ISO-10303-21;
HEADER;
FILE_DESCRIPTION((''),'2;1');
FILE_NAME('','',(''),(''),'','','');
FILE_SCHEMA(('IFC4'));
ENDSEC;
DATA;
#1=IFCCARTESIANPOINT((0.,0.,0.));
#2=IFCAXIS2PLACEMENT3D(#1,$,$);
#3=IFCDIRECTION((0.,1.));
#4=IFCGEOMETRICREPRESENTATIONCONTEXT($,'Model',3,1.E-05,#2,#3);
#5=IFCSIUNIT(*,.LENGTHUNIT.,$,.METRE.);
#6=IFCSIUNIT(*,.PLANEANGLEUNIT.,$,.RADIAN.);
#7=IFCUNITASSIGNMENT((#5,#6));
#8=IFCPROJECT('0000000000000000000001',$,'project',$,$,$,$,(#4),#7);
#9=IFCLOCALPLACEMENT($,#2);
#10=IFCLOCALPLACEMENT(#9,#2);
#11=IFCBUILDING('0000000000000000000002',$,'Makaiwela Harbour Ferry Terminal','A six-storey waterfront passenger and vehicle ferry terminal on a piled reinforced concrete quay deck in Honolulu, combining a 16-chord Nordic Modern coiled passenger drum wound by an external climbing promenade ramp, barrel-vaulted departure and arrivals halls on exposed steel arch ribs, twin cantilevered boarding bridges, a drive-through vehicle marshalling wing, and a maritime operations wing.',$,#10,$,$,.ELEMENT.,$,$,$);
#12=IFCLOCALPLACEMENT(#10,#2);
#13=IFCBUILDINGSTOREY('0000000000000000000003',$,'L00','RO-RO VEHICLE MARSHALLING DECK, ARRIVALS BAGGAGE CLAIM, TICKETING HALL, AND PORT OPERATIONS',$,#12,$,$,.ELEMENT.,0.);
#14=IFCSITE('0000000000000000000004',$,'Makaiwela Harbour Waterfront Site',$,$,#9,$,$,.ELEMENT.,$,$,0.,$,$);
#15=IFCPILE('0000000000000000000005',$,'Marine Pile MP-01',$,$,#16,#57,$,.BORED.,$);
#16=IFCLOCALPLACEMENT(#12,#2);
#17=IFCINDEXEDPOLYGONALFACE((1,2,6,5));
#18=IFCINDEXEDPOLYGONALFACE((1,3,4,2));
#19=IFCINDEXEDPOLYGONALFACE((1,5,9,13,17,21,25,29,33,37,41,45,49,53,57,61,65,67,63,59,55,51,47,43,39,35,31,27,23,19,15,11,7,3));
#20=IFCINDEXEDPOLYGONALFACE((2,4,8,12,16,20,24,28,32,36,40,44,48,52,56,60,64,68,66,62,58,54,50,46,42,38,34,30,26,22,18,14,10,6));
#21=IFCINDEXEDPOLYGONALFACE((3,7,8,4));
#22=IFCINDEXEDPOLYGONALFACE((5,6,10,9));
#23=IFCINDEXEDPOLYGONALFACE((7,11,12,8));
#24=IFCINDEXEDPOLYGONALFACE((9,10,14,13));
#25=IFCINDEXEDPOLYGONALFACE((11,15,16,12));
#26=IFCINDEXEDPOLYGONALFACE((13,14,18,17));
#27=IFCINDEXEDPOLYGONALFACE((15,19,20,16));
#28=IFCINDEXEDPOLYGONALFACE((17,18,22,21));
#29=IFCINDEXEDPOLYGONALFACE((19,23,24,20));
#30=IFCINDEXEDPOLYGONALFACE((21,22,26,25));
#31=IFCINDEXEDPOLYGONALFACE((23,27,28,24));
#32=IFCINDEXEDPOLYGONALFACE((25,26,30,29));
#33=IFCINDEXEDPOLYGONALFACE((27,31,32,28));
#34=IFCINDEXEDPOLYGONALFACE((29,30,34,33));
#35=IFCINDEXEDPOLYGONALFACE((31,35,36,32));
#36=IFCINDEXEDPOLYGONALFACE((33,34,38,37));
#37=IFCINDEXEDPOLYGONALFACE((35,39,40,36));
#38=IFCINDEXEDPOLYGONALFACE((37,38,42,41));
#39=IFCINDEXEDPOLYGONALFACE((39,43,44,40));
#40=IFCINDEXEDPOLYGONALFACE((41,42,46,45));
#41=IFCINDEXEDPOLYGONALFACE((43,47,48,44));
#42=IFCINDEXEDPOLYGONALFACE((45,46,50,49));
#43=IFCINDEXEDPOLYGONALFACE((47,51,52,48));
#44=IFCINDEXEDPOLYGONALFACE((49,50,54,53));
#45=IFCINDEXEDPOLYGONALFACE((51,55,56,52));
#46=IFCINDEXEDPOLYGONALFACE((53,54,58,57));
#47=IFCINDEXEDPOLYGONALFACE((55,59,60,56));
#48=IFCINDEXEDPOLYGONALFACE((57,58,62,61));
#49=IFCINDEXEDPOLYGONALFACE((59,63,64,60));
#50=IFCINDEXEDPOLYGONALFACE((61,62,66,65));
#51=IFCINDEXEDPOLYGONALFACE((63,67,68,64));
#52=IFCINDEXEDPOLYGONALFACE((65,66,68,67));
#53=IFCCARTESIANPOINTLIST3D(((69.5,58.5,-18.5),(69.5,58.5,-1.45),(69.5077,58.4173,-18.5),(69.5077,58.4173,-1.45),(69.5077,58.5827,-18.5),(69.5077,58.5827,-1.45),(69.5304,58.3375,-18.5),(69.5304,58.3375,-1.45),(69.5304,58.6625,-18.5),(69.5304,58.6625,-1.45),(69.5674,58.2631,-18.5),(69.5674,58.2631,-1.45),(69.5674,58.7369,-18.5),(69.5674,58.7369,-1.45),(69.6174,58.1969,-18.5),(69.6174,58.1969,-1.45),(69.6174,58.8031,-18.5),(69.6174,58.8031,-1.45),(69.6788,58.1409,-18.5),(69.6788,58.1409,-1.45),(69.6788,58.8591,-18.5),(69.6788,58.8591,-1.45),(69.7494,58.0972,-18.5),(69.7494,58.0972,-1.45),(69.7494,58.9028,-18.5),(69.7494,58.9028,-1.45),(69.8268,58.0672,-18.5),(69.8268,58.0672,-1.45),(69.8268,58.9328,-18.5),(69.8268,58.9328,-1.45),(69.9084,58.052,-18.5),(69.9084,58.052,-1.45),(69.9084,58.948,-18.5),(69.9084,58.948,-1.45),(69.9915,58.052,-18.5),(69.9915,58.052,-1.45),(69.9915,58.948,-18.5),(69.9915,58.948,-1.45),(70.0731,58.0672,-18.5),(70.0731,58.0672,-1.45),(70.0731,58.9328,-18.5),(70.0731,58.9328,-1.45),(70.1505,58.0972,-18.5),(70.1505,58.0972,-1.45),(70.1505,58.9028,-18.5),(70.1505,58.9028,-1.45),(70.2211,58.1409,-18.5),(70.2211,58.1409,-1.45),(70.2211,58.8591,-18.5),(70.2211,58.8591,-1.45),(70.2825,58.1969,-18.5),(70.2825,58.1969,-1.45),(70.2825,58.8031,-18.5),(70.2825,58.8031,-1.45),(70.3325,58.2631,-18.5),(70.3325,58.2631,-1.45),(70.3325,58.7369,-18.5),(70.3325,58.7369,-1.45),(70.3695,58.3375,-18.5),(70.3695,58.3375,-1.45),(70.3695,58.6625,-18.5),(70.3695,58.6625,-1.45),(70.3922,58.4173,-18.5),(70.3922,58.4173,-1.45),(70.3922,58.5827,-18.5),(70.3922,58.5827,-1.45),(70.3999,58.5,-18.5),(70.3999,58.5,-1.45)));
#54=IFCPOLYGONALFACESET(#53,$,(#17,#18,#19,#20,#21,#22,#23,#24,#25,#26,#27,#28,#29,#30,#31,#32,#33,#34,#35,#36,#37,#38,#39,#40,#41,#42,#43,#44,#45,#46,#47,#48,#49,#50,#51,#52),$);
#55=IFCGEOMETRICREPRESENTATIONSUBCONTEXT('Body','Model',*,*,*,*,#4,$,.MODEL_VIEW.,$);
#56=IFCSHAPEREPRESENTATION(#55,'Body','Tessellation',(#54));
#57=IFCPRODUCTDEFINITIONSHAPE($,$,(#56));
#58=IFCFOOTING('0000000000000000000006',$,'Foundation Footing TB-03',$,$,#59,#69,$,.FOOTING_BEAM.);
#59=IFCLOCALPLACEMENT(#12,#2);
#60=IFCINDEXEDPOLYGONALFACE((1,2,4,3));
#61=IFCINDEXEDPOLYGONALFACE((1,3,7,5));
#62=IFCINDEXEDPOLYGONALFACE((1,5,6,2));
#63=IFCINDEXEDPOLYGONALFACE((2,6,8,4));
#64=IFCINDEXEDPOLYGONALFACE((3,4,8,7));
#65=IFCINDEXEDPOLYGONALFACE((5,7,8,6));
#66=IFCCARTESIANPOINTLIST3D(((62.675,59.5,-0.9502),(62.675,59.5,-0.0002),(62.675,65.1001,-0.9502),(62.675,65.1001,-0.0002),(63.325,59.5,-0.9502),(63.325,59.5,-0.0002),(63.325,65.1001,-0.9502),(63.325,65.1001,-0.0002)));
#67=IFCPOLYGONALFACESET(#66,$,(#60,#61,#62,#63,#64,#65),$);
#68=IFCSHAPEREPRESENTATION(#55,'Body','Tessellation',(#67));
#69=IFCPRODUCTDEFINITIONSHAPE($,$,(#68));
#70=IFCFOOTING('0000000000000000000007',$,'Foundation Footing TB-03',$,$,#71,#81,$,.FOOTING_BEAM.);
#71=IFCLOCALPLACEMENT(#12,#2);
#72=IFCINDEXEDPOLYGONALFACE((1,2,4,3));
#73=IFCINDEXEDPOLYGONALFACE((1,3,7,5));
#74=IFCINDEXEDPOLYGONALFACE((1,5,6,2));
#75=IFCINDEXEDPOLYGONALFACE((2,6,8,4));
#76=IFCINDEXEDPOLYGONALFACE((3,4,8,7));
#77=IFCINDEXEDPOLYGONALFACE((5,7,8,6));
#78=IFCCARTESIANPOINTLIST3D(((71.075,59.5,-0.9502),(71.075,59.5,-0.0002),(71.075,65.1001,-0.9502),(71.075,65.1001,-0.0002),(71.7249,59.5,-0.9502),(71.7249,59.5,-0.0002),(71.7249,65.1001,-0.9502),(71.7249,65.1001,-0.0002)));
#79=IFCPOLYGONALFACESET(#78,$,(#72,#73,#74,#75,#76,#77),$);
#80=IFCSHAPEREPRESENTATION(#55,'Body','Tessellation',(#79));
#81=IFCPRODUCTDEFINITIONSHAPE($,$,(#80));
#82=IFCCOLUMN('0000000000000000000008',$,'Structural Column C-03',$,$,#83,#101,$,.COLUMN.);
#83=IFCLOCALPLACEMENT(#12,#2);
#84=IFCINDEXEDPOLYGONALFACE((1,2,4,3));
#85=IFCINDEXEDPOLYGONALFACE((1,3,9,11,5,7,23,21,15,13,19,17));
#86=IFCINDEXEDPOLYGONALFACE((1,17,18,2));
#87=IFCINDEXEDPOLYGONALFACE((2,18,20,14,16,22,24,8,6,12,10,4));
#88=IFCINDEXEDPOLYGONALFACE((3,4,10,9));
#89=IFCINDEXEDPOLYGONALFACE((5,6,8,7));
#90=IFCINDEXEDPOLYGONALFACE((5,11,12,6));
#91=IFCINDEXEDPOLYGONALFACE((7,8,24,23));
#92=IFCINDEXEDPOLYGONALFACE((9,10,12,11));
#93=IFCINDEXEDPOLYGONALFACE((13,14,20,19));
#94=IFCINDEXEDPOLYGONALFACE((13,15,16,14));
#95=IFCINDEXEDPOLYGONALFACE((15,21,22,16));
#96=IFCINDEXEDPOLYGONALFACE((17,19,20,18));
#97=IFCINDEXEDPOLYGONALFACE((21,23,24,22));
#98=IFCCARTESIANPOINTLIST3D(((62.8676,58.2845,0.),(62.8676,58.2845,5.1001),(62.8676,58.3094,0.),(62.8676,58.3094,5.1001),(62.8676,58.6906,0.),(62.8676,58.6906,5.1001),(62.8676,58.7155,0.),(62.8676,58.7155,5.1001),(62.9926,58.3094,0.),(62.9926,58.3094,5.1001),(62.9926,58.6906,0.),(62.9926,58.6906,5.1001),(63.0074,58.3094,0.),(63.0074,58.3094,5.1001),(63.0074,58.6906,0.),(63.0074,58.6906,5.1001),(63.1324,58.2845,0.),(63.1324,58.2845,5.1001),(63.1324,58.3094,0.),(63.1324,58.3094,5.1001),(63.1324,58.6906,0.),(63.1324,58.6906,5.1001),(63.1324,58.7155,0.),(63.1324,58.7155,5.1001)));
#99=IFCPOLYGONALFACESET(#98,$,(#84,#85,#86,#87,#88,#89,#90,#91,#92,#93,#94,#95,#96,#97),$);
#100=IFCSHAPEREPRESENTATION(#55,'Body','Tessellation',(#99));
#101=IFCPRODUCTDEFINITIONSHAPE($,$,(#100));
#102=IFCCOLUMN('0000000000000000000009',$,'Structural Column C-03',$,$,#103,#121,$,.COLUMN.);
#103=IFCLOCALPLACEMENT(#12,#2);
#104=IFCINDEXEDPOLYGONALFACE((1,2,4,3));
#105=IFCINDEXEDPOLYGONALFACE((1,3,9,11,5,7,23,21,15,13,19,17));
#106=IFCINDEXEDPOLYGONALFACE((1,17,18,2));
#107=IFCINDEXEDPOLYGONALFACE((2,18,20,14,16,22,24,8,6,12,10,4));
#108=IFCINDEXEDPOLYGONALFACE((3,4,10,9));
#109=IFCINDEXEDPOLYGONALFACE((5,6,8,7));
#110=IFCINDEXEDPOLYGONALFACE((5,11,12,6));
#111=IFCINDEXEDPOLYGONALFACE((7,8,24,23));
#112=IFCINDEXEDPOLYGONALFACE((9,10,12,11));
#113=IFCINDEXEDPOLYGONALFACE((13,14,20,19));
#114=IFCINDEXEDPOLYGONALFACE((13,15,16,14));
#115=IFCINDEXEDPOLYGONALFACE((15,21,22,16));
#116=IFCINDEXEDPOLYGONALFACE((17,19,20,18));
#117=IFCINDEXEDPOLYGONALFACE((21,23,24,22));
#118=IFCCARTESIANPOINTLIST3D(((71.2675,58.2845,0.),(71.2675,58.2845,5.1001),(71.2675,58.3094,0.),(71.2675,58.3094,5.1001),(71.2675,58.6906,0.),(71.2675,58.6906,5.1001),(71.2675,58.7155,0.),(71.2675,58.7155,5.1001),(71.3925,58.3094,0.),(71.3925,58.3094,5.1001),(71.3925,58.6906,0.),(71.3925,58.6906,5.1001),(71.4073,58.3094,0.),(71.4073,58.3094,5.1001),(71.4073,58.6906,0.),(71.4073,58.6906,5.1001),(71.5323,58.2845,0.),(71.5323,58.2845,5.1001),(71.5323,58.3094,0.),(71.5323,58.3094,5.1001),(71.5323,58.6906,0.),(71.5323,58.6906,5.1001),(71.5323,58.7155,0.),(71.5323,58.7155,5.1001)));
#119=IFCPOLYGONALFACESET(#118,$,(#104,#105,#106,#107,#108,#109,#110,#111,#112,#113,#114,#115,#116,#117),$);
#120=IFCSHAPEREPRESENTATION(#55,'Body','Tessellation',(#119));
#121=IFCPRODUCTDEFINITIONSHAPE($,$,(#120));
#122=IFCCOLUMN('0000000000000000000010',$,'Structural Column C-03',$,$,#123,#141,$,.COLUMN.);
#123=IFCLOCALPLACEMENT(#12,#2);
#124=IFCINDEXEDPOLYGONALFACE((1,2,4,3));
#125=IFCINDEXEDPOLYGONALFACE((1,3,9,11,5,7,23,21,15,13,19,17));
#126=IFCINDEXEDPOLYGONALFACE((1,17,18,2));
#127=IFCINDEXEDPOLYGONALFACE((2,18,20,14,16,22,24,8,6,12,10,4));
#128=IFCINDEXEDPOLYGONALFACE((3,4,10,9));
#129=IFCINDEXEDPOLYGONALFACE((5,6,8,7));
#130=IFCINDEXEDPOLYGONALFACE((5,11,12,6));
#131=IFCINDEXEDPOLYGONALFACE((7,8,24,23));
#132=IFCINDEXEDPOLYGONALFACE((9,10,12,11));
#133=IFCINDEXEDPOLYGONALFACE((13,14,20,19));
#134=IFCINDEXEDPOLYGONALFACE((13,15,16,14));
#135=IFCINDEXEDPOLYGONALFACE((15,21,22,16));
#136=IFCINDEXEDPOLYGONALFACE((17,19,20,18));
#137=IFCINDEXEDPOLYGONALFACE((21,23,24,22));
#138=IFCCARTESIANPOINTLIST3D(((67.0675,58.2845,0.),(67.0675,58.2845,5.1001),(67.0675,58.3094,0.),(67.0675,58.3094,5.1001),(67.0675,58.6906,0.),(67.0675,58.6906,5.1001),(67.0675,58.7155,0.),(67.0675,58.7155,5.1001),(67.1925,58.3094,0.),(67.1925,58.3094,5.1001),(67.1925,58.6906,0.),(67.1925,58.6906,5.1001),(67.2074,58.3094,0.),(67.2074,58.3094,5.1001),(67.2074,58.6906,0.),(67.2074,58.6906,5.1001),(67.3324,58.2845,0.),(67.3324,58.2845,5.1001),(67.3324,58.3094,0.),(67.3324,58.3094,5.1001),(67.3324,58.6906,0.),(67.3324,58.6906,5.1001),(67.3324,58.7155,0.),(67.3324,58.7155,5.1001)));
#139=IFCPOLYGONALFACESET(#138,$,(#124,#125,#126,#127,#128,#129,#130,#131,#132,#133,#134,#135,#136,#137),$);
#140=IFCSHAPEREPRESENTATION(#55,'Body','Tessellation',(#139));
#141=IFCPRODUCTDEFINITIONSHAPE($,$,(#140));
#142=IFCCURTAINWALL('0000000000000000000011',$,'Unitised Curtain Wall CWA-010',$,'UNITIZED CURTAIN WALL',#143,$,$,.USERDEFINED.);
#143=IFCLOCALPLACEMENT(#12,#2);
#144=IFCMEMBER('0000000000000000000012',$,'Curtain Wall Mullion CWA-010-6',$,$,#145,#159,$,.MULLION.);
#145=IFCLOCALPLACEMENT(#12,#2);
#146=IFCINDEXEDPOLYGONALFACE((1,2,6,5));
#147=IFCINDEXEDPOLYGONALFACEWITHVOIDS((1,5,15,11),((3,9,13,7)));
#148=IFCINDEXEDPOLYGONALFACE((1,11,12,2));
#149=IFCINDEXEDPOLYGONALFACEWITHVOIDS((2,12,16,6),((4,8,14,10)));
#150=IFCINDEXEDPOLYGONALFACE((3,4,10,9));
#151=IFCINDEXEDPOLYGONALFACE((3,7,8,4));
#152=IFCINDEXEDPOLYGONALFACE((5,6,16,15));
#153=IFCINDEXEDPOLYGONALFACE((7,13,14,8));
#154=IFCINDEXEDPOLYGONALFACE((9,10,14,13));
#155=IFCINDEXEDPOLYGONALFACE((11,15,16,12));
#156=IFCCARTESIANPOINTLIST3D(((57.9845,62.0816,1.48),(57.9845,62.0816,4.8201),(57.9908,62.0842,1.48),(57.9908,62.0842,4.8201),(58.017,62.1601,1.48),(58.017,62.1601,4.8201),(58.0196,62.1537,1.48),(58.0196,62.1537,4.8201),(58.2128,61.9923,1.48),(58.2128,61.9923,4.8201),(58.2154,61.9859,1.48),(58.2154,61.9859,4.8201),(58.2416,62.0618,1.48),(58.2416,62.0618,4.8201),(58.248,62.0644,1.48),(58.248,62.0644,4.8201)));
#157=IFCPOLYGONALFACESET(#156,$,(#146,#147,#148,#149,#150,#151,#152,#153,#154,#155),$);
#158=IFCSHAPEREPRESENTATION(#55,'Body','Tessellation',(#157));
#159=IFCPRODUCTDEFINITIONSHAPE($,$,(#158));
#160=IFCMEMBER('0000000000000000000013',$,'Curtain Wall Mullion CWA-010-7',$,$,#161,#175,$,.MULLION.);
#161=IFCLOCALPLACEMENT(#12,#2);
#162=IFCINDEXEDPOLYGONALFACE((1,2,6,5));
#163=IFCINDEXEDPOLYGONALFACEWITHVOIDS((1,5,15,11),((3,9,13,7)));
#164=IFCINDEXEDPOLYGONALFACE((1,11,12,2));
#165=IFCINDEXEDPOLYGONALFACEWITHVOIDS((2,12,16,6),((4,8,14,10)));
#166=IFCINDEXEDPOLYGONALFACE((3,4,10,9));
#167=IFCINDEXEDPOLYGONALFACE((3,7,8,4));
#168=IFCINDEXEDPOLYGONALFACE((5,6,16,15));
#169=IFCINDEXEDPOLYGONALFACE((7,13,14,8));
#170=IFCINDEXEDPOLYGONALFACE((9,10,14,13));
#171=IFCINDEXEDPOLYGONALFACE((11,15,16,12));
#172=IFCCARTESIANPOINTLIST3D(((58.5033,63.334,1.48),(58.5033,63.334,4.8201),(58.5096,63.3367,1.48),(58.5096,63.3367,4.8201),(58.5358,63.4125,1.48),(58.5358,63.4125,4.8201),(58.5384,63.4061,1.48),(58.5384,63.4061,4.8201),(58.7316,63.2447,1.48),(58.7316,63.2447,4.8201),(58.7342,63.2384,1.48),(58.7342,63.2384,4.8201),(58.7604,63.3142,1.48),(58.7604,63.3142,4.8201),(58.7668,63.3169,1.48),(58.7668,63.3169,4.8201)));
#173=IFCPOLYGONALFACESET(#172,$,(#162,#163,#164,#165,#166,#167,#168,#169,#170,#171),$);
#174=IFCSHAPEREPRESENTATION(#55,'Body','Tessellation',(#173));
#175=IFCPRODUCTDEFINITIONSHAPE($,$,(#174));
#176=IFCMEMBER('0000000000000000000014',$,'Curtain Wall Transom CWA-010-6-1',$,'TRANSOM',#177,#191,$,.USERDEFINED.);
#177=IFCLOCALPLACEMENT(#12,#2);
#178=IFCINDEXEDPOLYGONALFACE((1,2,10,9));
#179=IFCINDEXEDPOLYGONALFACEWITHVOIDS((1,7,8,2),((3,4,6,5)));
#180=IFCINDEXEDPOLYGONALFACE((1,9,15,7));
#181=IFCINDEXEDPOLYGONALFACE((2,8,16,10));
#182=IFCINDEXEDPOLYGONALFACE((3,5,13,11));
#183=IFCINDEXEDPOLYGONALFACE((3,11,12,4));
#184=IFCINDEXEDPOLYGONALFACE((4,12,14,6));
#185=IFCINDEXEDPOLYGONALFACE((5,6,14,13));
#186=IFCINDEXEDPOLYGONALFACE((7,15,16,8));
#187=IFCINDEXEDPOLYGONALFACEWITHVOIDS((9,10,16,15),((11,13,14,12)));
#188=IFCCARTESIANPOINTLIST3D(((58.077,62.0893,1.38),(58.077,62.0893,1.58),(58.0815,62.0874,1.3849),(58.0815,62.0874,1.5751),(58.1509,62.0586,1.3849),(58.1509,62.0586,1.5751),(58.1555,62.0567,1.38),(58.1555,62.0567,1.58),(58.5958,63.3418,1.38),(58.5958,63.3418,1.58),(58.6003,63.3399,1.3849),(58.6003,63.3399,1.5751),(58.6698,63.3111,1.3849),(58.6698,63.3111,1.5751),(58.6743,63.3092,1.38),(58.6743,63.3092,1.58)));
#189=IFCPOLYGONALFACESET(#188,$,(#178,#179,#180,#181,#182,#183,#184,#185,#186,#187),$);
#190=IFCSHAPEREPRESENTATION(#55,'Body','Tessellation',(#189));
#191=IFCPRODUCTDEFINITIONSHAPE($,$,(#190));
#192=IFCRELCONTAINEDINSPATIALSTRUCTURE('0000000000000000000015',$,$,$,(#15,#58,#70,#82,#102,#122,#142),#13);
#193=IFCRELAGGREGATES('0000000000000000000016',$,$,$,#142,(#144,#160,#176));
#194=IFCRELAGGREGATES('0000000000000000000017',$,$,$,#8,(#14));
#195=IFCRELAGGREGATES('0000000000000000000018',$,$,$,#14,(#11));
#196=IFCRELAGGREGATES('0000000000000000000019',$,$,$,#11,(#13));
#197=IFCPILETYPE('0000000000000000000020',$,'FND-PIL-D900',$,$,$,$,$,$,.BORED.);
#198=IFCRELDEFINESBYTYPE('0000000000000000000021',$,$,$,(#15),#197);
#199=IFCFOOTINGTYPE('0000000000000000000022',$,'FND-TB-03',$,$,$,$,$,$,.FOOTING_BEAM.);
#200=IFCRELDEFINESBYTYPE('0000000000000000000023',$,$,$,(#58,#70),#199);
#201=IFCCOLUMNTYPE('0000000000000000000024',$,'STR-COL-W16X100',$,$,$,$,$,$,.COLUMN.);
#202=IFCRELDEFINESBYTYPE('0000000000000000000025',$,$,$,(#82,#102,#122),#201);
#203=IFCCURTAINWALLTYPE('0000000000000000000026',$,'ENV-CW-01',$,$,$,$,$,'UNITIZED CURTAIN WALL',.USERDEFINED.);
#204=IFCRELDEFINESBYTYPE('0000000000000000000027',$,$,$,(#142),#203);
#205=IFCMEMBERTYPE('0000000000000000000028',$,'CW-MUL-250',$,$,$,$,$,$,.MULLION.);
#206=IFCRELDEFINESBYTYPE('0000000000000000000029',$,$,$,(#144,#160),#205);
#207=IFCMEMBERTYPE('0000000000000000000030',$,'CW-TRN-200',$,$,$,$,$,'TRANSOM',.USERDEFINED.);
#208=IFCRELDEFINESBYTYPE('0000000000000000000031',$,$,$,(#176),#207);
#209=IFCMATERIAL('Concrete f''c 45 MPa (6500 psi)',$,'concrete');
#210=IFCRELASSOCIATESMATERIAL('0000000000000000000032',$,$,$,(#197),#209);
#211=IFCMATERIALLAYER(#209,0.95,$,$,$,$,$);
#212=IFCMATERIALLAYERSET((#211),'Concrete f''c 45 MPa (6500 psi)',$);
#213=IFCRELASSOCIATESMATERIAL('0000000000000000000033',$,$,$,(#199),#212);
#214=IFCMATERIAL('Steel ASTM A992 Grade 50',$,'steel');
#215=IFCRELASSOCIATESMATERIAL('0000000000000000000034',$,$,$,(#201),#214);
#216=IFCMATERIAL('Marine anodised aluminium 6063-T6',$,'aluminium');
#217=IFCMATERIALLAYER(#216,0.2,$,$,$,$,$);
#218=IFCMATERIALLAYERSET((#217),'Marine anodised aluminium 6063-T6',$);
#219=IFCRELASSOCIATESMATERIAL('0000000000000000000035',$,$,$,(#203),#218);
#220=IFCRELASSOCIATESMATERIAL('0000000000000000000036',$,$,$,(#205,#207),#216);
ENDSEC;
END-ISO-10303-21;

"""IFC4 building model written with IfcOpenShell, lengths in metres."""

from ifc_helpers import new_model, si_unit, direction, frame, origin, origin_2d, place, context, subcontext, project, spatial, rectangle, hollow_rectangle, circle, i_section, extrude, material, layer, layer_set, material_profile, profile_set, type_object, element, aggregate, save


model = new_model("IFC4")

# Units and contexts
model_context = context("Model", 3, precision=1e-05, world=origin(), true_north=direction((0.0, 1.0)))
body_context = subcontext(model_context, "Body", "Model", "MODEL_VIEW")
ifc_project = project(units=[si_unit("LENGTHUNIT", "METRE"), si_unit("PLANEANGLEUNIT", "RADIAN")], contexts=[model_context])

# Site, building, storey
site_placement = place(None, origin())
site = spatial("IfcSite", under=ifc_project, at=site_placement, Name="Makaiwela Harbour Waterfront Site", CompositionType="ELEMENT", RefElevation=0.0)
building_placement = place(site_placement, origin())
building = spatial("IfcBuilding", under=site, at=building_placement, Name="Makaiwela Harbour Ferry Terminal", Description="A six-storey waterfront passenger and vehicle ferry terminal on a piled reinforced concrete quay deck in Honolulu, combining a 16-chord Nordic Modern coiled passenger drum wound by an external climbing promenade ramp, barrel-vaulted departure and arrivals halls on exposed steel arch ribs, twin cantilevered boarding bridges, a drive-through vehicle marshalling wing, and a maritime operations wing.", CompositionType="ELEMENT")
storey_placement = place(building_placement, origin())
storey = spatial("IfcBuildingStorey", under=building, at=storey_placement, Name="L00", Description="RO-RO VEHICLE MARSHALLING DECK, ARRIVALS BAGGAGE CLAIM, TICKETING HALL, AND PORT OPERATIONS", CompositionType="ELEMENT", Elevation=0.0)

# Shared definitions
ifc_material_1 = material(Name="Concrete f'c 45 MPa (6500 psi)", Category="concrete")

# Pile
ifc_material_profile_1 = material_profile(ifc_material_1, circle(Radius=0.45, at=origin_2d()), Name="PILE-D900")
ifc_profile_set_1 = profile_set([ifc_material_profile_1], Name="Concrete f'c 45 MPa (6500 psi)")
pile_type_1 = type_object("IfcPileType", Name="FND-PIL-D900", PredefinedType="BORED", material=ifc_profile_set_1)
for number, where, z_axis, x_axis, name in (
    (1, (69.95, 58.5, -1.45), (0.0, 0.0, -1.0), (1.0, 0.0, 0.0), "Marine Pile MP-01"),
):
    element("IfcPile", number, at=place(storey_placement, frame(where, z_axis=z_axis, x_axis=x_axis)), inside=storey, type_object=pile_type_1, Name=name, PredefinedType="BORED", context=body_context, shape_type="SweptSolid", body=[
        extrude(circle(Radius=0.45, at=origin_2d()), origin(), (0.0, 0.0, 1.0), 17.05),
    ])

# Footings
ifc_layer_1 = layer(ifc_material_1, 0.95)
ifc_layer_set_1 = layer_set([ifc_layer_1], Name="Concrete f'c 45 MPa (6500 psi)")
footing_type_1 = type_object("IfcFootingType", Name="FND-TB-03", PredefinedType="FOOTING_BEAM", material=ifc_layer_set_1)
for number, where, z_axis, x_axis, name in (
    (2, (63.0, 62.3, -0.9502), (0.0, 0.0, 1.0), (0.0, 1.0, 0.0), "Foundation Footing TB-03"),
    (3, (71.3999, 62.3, -0.9502), (0.0, 0.0, 1.0), (0.0, 1.0, 0.0), "Foundation Footing TB-03"),
):
    element("IfcFooting", number, at=place(storey_placement, frame(where, z_axis=z_axis, x_axis=x_axis)), inside=storey, type_object=footing_type_1, Name=name, PredefinedType="FOOTING_BEAM", context=body_context, shape_type="SweptSolid", body=[
        extrude(rectangle(XDim=5.6001, YDim=0.6499, at=origin_2d()), origin(), (0.0, 0.0, 1.0), 0.95),
    ])

# Columns
ifc_material_2 = material(Name="Steel ASTM A992 Grade 50", Category="steel")
ifc_material_profile_2 = material_profile(ifc_material_2, i_section(OverallWidth=0.2649, OverallDepth=0.4309, WebThickness=0.0149, FlangeThickness=0.0249, at=origin_2d()), Name="W16X100")
ifc_profile_set_2 = profile_set([ifc_material_profile_2], Name="Steel ASTM A992 Grade 50")
column_type = type_object("IfcColumnType", Name="STR-COL-W16X100", PredefinedType="COLUMN", material=ifc_profile_set_2)
for number, where, z_axis, x_axis, name in (
    (4, (63.0, 58.5, 0.0), (0.0, 0.0, 1.0), (1.0, 0.0, 0.0), "Structural Column C-03"),
    (5, (71.3999, 58.5, 0.0), (0.0, 0.0, 1.0), (1.0, 0.0, 0.0), "Structural Column C-03"),
    (6, (67.2, 58.5, 0.0), (0.0, 0.0, 1.0), (1.0, 0.0, 0.0), "Structural Column C-03"),
):
    element("IfcColumn", number, at=place(storey_placement, frame(where, z_axis=z_axis, x_axis=x_axis)), inside=storey, type_object=column_type, Name=name, PredefinedType="COLUMN", context=body_context, shape_type="SweptSolid", body=[
        extrude(i_section(OverallWidth=0.2649, OverallDepth=0.4309, WebThickness=0.0149, FlangeThickness=0.0249, at=origin_2d()), origin(), (0.0, 0.0, 1.0), 5.1001),
    ])

# Curtain wall, members
ifc_material_3 = material(Name="Marine anodised aluminium 6063-T6", Category="aluminium")
ifc_layer_2 = layer(ifc_material_3, 0.2)
ifc_layer_set_2 = layer_set([ifc_layer_2], Name="Marine anodised aluminium 6063-T6")
curtain_wall_type = type_object("IfcCurtainWallType", Name="ENV-CW-01", ElementType="UNITIZED CURTAIN WALL", PredefinedType="USERDEFINED", material=ifc_layer_set_2)
curtain_wall_placement = place(storey_placement, origin())
curtain_wall = element("IfcCurtainWall", 7, at=curtain_wall_placement, inside=storey, type_object=curtain_wall_type, Name="Unitised Curtain Wall CWA-010", ObjectType="UNITIZED CURTAIN WALL", PredefinedType="USERDEFINED")
ifc_material_profile_3 = material_profile(ifc_material_3, hollow_rectangle(XDim=0.085, YDim=0.25, WallThickness=0.0049, at=origin_2d()), Name="CWM-250X85")
ifc_profile_set_3 = profile_set([ifc_material_profile_3], Name="Marine anodised aluminium 6063-T6")
member_type_1 = type_object("IfcMemberType", Name="CW-MUL-250", PredefinedType="MULLION", material=ifc_profile_set_3)
member_1_placement = place(storey_placement, frame((58.1162, 62.073, 1.48), z_axis=(0.0, 0.0, 1.0), x_axis=(0.382683, 0.92388, 0.0)))
member_1 = element("IfcMember", 8, at=member_1_placement, type_object=member_type_1, Name="Curtain Wall Mullion CWA-010-6", PredefinedType="MULLION", context=body_context, shape_type="SweptSolid", body=[
    extrude(hollow_rectangle(XDim=0.085, YDim=0.25, WallThickness=0.0049, at=origin_2d()), origin(), (0.0, 0.0, 1.0), 3.3401),
])
member_2_placement = place(storey_placement, frame((58.635, 63.3254, 1.48), z_axis=(0.0, 0.0, 1.0), x_axis=(0.382683, 0.92388, 0.0)))
member_2 = element("IfcMember", 9, at=member_2_placement, type_object=member_type_1, Name="Curtain Wall Mullion CWA-010-7", PredefinedType="MULLION", context=body_context, shape_type="SweptSolid", body=[
    extrude(hollow_rectangle(XDim=0.085, YDim=0.25, WallThickness=0.0049, at=origin_2d()), origin(), (0.0, 0.0, 1.0), 3.3401),
])
ifc_material_profile_4 = material_profile(ifc_material_3, hollow_rectangle(XDim=0.085, YDim=0.2, WallThickness=0.0049, at=origin_2d()), Name="CWT-200X85")
ifc_profile_set_4 = profile_set([ifc_material_profile_4], Name="Marine anodised aluminium 6063-T6")
member_type_2 = type_object("IfcMemberType", Name="CW-TRN-200", ElementType="TRANSOM", PredefinedType="USERDEFINED", material=ifc_profile_set_4)
member_3_placement = place(storey_placement, frame((58.1162, 62.073, 1.48), z_axis=(0.382696, 0.923874, 0.0), x_axis=(-0.923874, 0.382696, 0.0)))
member_3 = element("IfcMember", 10, at=member_3_placement, type_object=member_type_2, Name="Curtain Wall Transom CWA-010-6-1", ObjectType="TRANSOM", PredefinedType="USERDEFINED", context=body_context, shape_type="SweptSolid", body=[
    extrude(hollow_rectangle(XDim=0.085, YDim=0.2, WallThickness=0.0049, at=origin_2d()), origin(), (0.0, 0.0, 1.0), 1.3557),
])

aggregate(curtain_wall, [member_1, member_2, member_3])

save(model, "model.ifc")
